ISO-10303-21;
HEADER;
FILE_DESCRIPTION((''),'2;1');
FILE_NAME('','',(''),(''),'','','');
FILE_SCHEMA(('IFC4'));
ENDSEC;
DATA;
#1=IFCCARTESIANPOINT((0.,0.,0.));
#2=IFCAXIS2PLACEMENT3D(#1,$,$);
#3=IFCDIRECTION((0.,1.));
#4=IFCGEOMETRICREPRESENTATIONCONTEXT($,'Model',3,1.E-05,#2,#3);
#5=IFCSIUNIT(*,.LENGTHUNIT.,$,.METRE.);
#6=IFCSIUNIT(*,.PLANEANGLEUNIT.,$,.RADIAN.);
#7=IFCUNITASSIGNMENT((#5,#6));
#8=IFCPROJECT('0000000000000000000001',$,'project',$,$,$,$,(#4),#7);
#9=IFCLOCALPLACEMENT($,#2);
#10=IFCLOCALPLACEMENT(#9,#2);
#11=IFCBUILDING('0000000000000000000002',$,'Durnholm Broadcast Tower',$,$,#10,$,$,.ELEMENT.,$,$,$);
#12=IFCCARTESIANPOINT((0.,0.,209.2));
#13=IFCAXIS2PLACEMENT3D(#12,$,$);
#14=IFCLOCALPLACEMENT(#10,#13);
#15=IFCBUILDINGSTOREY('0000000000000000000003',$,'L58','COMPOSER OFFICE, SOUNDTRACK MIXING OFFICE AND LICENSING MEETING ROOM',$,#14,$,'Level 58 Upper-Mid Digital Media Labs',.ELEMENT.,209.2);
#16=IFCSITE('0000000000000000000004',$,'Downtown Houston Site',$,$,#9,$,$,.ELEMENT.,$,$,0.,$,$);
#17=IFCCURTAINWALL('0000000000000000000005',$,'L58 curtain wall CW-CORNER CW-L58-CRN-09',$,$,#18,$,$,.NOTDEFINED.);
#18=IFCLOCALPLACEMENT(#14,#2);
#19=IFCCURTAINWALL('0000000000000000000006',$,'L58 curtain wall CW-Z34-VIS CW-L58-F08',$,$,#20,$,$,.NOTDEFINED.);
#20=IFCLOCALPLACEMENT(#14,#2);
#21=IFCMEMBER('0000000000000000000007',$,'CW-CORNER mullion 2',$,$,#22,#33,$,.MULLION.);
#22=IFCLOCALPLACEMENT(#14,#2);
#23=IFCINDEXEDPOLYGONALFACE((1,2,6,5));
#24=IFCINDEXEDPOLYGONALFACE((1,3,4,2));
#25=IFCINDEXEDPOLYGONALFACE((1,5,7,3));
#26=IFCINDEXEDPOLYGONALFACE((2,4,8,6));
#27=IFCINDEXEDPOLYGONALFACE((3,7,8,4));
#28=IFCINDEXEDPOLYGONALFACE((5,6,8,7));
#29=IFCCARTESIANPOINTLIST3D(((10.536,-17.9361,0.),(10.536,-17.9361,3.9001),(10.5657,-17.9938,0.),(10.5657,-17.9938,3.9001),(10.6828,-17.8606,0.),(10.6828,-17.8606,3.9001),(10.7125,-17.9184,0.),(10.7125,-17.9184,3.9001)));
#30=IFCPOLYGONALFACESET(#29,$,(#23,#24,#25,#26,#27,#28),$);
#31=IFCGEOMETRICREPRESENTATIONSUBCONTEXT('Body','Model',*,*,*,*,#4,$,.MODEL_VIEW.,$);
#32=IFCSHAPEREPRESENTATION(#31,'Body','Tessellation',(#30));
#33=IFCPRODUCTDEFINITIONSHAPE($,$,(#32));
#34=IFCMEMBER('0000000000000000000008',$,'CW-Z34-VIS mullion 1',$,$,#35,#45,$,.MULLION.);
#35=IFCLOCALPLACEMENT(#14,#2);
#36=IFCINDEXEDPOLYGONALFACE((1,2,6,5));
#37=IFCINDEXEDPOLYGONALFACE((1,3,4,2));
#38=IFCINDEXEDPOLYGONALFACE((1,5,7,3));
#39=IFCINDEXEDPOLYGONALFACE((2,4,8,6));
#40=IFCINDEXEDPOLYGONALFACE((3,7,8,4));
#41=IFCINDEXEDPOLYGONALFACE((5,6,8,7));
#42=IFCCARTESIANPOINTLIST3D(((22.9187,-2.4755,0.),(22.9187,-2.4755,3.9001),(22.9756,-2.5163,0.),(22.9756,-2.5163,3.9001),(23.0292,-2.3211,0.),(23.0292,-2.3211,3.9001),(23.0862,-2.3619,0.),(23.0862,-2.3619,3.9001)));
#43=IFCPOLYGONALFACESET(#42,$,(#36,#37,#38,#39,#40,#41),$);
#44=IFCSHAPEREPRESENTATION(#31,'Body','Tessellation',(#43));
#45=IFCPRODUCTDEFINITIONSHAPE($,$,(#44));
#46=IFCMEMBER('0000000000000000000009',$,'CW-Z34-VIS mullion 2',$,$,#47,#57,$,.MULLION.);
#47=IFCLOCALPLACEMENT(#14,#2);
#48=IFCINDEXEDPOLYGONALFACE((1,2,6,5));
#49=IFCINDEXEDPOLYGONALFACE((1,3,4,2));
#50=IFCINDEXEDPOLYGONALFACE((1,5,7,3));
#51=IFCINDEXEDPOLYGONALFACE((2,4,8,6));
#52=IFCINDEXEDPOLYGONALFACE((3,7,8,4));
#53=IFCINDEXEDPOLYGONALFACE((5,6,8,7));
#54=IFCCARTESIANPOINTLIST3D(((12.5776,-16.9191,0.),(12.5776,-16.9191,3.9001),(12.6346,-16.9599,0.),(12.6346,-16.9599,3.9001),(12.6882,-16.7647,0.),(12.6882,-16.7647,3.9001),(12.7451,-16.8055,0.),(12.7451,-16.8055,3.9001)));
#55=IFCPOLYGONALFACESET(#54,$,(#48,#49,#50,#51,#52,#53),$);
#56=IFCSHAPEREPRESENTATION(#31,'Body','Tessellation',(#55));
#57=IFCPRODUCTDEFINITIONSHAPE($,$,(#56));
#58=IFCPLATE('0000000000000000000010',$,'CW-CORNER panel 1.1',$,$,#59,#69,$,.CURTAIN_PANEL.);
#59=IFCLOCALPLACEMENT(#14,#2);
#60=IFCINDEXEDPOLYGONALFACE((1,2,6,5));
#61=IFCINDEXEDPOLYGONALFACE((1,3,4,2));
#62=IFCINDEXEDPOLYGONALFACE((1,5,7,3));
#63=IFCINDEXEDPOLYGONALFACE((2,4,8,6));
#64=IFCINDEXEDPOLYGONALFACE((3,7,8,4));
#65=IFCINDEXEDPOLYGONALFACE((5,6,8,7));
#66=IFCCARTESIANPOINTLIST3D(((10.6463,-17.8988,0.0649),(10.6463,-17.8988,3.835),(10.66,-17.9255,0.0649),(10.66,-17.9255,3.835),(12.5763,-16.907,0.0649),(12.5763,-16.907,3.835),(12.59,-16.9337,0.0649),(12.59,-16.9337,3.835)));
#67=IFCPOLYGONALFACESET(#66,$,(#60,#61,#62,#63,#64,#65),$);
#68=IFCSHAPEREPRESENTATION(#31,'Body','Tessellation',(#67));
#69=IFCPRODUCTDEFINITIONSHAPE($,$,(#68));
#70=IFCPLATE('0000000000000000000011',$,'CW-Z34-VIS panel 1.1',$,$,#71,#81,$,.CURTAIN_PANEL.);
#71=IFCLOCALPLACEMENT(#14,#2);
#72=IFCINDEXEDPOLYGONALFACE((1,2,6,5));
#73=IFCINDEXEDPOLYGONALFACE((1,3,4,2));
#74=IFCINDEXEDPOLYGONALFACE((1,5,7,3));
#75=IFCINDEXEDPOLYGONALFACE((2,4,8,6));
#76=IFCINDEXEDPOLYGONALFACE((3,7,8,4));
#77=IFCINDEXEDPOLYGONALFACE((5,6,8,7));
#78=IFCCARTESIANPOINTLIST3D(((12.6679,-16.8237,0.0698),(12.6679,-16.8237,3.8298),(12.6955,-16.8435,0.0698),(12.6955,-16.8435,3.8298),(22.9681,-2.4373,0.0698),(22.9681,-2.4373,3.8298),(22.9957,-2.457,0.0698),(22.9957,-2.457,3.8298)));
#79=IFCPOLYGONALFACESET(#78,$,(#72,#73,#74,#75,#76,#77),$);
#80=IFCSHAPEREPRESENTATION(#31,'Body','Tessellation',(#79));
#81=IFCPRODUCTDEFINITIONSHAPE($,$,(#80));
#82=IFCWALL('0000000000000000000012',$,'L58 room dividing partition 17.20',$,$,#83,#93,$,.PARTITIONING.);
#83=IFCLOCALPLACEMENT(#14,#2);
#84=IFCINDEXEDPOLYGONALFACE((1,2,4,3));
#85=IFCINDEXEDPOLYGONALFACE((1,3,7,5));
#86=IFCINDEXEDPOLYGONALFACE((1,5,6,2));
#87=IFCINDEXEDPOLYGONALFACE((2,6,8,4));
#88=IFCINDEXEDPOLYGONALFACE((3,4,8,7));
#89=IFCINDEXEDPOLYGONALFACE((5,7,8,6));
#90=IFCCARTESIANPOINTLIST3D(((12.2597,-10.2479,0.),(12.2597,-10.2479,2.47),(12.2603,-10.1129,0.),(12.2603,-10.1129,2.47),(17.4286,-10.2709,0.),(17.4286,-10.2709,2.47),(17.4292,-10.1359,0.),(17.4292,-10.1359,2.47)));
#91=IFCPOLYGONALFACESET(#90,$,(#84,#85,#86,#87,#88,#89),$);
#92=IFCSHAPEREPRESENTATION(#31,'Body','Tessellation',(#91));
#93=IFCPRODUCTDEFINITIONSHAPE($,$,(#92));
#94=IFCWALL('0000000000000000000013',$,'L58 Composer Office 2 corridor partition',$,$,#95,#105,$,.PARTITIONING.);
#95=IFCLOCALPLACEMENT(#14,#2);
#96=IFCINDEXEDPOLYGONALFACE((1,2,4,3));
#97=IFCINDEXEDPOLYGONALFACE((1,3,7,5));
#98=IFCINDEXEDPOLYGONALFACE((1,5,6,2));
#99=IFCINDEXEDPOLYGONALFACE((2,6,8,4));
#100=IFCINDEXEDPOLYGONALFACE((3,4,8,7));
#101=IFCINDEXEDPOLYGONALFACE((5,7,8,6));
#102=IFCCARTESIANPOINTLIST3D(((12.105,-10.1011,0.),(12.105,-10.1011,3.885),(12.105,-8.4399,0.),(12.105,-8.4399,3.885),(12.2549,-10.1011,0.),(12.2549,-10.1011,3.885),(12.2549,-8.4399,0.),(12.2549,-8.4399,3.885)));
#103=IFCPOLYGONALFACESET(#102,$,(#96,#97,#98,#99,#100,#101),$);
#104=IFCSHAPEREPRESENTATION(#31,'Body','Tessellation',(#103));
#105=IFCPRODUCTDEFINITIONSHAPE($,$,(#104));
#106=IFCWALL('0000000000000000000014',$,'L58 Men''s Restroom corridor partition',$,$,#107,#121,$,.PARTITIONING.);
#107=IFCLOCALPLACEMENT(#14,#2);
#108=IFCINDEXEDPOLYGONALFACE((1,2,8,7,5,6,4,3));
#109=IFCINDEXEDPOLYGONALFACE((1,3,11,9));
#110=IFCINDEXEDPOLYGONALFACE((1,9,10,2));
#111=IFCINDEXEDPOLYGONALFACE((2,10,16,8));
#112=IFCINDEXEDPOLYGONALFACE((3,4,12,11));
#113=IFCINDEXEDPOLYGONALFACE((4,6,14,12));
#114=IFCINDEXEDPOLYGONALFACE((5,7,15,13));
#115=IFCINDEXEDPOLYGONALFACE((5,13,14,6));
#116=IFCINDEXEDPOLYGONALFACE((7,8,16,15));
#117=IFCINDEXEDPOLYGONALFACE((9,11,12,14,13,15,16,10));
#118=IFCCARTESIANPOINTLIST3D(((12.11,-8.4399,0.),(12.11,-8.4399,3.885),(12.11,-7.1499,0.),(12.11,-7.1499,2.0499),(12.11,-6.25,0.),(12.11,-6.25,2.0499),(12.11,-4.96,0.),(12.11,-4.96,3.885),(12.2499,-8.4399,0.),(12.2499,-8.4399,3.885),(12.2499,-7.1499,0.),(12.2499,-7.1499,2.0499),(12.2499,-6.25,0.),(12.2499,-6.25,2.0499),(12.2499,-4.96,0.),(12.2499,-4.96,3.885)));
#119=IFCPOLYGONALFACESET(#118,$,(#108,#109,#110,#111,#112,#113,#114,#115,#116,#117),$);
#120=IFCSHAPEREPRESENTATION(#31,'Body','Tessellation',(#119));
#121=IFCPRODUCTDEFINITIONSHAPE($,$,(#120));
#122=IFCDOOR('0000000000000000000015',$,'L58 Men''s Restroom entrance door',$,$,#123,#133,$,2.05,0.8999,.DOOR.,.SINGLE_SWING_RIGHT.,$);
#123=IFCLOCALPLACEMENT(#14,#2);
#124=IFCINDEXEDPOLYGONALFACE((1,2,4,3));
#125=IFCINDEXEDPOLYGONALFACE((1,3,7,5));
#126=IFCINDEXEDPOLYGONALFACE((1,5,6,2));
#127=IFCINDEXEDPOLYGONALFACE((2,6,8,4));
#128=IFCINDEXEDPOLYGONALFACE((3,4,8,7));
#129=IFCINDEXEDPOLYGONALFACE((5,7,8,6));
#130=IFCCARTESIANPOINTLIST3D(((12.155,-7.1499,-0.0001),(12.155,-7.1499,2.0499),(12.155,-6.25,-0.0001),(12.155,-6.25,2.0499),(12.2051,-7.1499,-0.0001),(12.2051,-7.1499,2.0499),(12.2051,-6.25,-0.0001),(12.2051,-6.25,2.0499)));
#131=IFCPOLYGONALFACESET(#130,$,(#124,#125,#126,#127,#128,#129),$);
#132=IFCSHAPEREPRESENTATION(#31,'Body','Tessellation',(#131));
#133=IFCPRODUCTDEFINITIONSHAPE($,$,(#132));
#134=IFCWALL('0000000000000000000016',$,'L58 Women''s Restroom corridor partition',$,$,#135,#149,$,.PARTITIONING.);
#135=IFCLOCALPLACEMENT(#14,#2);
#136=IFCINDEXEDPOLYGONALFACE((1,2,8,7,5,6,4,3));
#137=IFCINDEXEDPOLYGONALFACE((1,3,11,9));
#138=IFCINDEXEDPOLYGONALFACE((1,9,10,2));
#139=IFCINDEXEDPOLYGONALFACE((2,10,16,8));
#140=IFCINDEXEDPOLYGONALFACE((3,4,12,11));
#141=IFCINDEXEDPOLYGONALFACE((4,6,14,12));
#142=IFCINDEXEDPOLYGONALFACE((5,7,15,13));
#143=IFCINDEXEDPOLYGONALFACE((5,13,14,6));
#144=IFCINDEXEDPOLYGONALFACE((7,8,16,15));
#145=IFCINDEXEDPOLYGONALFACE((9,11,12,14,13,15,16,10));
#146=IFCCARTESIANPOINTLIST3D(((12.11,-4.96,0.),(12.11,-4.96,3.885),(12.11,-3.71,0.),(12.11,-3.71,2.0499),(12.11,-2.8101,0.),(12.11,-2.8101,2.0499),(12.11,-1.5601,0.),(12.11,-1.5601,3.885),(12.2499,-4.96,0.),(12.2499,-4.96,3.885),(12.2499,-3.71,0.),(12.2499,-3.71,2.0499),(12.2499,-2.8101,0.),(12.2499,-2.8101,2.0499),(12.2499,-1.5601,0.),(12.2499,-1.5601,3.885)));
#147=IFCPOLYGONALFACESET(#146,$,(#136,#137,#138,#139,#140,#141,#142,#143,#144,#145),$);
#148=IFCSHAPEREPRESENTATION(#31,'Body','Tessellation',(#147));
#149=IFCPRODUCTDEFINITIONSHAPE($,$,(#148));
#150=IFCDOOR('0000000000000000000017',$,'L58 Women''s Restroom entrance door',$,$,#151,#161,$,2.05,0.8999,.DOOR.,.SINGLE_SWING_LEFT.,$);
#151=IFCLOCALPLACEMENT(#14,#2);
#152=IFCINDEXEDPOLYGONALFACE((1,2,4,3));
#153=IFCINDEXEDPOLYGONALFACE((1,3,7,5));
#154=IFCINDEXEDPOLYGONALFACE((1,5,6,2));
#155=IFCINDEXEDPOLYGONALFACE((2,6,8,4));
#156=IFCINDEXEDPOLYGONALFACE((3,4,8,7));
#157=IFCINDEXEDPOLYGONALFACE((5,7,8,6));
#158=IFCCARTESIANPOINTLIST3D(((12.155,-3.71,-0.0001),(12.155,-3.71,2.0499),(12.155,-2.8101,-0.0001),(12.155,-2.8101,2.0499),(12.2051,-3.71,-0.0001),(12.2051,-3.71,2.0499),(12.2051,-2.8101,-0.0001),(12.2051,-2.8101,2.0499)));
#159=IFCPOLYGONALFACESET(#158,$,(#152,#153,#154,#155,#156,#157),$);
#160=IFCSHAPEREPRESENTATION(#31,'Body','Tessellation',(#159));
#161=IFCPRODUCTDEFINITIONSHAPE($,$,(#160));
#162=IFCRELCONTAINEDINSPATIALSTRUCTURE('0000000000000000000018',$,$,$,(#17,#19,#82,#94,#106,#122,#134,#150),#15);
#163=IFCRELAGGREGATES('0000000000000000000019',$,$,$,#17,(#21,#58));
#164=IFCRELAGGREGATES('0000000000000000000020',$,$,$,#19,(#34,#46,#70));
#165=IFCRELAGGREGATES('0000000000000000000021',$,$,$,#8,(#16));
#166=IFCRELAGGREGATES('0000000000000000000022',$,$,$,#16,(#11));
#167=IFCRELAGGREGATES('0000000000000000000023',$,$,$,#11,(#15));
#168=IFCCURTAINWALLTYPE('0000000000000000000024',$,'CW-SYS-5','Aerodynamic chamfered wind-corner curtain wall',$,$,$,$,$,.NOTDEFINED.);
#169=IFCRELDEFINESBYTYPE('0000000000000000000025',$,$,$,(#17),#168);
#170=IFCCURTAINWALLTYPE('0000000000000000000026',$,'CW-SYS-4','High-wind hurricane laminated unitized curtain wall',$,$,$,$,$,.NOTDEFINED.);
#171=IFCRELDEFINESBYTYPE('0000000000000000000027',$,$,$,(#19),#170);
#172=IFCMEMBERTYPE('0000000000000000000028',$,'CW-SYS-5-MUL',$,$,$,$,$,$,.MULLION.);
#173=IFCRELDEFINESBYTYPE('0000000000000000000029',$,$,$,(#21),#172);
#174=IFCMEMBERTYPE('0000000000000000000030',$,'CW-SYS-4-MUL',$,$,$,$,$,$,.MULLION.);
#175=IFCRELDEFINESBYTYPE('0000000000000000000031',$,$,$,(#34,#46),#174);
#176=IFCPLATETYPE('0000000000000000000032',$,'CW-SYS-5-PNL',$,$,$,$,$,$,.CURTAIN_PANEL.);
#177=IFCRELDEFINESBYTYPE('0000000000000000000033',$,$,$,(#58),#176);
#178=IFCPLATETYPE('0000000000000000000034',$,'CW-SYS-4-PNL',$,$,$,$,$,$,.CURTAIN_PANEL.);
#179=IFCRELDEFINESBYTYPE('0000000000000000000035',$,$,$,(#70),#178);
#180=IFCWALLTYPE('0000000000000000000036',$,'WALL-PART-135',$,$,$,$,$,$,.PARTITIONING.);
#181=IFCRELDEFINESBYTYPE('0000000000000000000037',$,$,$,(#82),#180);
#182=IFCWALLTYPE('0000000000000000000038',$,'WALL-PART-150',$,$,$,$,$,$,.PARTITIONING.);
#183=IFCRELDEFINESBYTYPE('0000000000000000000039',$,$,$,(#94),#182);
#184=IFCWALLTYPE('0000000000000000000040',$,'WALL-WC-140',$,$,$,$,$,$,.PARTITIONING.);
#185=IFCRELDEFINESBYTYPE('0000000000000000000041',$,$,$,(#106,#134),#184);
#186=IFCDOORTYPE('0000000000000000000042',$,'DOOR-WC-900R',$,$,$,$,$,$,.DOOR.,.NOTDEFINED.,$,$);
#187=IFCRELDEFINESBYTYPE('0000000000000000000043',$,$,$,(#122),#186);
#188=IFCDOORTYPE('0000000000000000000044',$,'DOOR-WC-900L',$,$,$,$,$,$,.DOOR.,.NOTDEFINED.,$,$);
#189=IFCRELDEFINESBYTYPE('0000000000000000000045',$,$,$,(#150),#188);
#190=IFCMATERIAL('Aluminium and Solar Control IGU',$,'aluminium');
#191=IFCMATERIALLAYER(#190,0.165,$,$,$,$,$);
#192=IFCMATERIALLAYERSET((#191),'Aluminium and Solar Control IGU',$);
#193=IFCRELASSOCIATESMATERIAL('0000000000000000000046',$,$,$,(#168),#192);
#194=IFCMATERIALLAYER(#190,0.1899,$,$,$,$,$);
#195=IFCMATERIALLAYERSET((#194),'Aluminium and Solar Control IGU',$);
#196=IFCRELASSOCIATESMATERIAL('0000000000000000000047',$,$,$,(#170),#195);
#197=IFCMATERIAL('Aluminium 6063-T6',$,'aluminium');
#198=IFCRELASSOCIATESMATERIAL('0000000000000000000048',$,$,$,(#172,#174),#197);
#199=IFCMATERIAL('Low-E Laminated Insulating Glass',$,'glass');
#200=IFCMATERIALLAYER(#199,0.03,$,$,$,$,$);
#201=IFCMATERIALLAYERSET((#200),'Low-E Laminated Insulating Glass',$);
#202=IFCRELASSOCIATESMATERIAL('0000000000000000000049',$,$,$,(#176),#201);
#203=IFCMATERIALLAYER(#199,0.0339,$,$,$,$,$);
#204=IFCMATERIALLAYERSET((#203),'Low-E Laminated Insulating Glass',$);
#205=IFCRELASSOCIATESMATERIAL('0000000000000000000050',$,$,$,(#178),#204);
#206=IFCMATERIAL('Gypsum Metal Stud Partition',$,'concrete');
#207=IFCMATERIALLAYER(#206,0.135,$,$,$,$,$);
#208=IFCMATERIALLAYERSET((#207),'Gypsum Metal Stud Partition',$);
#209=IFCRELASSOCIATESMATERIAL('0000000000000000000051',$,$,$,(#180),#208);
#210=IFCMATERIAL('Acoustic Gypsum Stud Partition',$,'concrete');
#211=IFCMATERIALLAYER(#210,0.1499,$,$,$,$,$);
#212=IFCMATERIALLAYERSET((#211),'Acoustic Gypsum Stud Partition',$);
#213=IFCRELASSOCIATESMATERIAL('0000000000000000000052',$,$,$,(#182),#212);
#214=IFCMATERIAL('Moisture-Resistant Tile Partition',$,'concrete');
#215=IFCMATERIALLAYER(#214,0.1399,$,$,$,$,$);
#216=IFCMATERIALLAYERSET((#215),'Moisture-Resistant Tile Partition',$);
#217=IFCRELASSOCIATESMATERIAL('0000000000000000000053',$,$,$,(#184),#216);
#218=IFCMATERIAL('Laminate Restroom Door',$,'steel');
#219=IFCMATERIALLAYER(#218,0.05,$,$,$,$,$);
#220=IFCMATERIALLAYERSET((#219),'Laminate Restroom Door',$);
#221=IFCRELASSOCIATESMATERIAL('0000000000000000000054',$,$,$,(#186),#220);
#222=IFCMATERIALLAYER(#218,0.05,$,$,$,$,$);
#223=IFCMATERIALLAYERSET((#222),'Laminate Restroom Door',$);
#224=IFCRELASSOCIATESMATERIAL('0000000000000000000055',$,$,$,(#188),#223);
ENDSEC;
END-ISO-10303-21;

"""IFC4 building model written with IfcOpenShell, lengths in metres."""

from ifc_helpers import new_model, si_unit, direction, frame, frame_2d, origin, origin_2d, place, context, subcontext, project, spatial, rectangle, extrude, source, transform, mapped, material, layer, layer_set, material_profile, profile_set, type_object, type_shapes, element, fill, aggregate, save


model = new_model("IFC4")

# Units and contexts
model_context = context("Model", 3, precision=1e-05, world=origin(), true_north=direction((0.0, 1.0)))
body_context = subcontext(model_context, "Body", "Model", "MODEL_VIEW")
ifc_project = project(units=[si_unit("LENGTHUNIT", "METRE"), si_unit("PLANEANGLEUNIT", "RADIAN")], contexts=[model_context])

# Site, building, storey
site_placement = place(None, origin())
site = spatial("IfcSite", under=ifc_project, at=site_placement, Name="Downtown Houston Site", CompositionType="ELEMENT", RefElevation=0.0)
building_placement = place(site_placement, origin())
building = spatial("IfcBuilding", under=site, at=building_placement, Name="Durnholm Broadcast Tower", CompositionType="ELEMENT")
storey_placement = place(building_placement, frame((0.0, 0.0, 209.2)))
storey = spatial("IfcBuildingStorey", under=building, at=storey_placement, Name="L58", Description="COMPOSER OFFICE, SOUNDTRACK MIXING OFFICE AND LICENSING MEETING ROOM", LongName="Level 58 Upper-Mid Digital Media Labs", CompositionType="ELEMENT", Elevation=209.2)

# Curtain walls
ifc_material_1 = material(Name="Aluminium and Solar Control IGU", Category="aluminium")
ifc_layer_1 = layer(ifc_material_1, 0.165)
ifc_layer_set_1 = layer_set([ifc_layer_1], Name="Aluminium and Solar Control IGU")
curtain_wall_type_1 = type_object("IfcCurtainWallType", Name="CW-SYS-5", Description="Aerodynamic chamfered wind-corner curtain wall", PredefinedType="NOTDEFINED", material=ifc_layer_set_1)
curtain_wall_1_placement = place(storey_placement, origin())
curtain_wall_1 = element("IfcCurtainWall", 1, at=curtain_wall_1_placement, inside=storey, type_object=curtain_wall_type_1, Name="L58 curtain wall CW-CORNER CW-L58-CRN-09", PredefinedType="NOTDEFINED")
ifc_material_2 = material(Name="Aluminium 6063-T6", Category="aluminium")
ifc_layer_2 = layer(ifc_material_1, 0.1899)
ifc_layer_set_2 = layer_set([ifc_layer_2], Name="Aluminium and Solar Control IGU")
curtain_wall_type_2 = type_object("IfcCurtainWallType", Name="CW-SYS-4", Description="High-wind hurricane laminated unitized curtain wall", PredefinedType="NOTDEFINED", material=ifc_layer_set_2)
curtain_wall_2_placement = place(storey_placement, origin())
curtain_wall_2 = element("IfcCurtainWall", 2, at=curtain_wall_2_placement, inside=storey, type_object=curtain_wall_type_2, Name="L58 curtain wall CW-Z34-VIS CW-L58-F08", PredefinedType="NOTDEFINED")

# Shared definitions
ifc_material_profile_1 = material_profile(ifc_material_2, rectangle(XDim=0.0649, YDim=0.165, at=origin_2d()), Name="CWM65X165")
ifc_profile_set_1 = profile_set([ifc_material_profile_1], Name="Aluminium 6063-T6")
member_type_1 = type_object("IfcMemberType", Name="CW-SYS-5-MUL", PredefinedType="MULLION", material=ifc_profile_set_1)
shared_shape_1 = source(origin(), body_context, "Body", "SweptSolid", [
    extrude(rectangle(XDim=0.0649, YDim=0.165, at=origin_2d()), origin(), (0.0, 0.0, 1.0), 3.9001),
])
type_shapes(member_type_1, [shared_shape_1])

# Members
member_1_placement = place(storey_placement, frame((10.6243, -17.9272, 0.0), z_axis=(0.0, 0.0, 1.0), x_axis=(0.457082, -0.889425, 0.0)))
member_1 = element("IfcMember", 3, at=member_1_placement, type_object=member_type_1, Name="CW-CORNER mullion 2", PredefinedType="MULLION", context=body_context, shape_type="MappedRepresentation", body=[
    mapped(shared_shape_1, transform((0.0, 0.0, 0.0), x_axis=(1.0, 0.0, 0.0), y_axis=(0.0, 1.0, 0.0), z_axis=(0.0, 0.0, 1.0), scale=1.0)),
])
ifc_material_profile_2 = material_profile(ifc_material_2, rectangle(XDim=0.0701, YDim=0.1899, at=origin_2d()), Name="CWM70X190")
ifc_profile_set_2 = profile_set([ifc_material_profile_2], Name="Aluminium 6063-T6")
member_type_2 = type_object("IfcMemberType", Name="CW-SYS-4-MUL", PredefinedType="MULLION", material=ifc_profile_set_2)
shared_shape_2 = source(origin(), body_context, "Body", "SweptSolid", [
    extrude(rectangle(XDim=0.0701, YDim=0.1899, at=origin_2d()), origin(), (0.0, 0.0, 1.0), 3.9001),
])
type_shapes(member_type_2, [shared_shape_2])
member_2_placement = place(storey_placement, frame((23.0024, -2.4187, 0.0), z_axis=(0.0, 0.0, 1.0), x_axis=(0.813089, -0.582139, 0.0)))
member_2 = element("IfcMember", 4, at=member_2_placement, type_object=member_type_2, Name="CW-Z34-VIS mullion 1", PredefinedType="MULLION", context=body_context, shape_type="MappedRepresentation", body=[
    mapped(shared_shape_2, transform((0.0, 0.0, 0.0), x_axis=(1.0, 0.0, 0.0), y_axis=(0.0, 1.0, 0.0), z_axis=(0.0, 0.0, 1.0), scale=1.0)),
])
member_3_placement = place(storey_placement, frame((12.6614, -16.8623, 0.0), z_axis=(0.0, 0.0, 1.0), x_axis=(0.813089, -0.582139, 0.0)))
member_3 = element("IfcMember", 5, at=member_3_placement, type_object=member_type_2, Name="CW-Z34-VIS mullion 2", PredefinedType="MULLION", context=body_context, shape_type="MappedRepresentation", body=[
    mapped(shared_shape_2, transform((0.0, 0.0, 0.0), x_axis=(1.0, 0.0, 0.0), y_axis=(0.0, 1.0, 0.0), z_axis=(0.0, 0.0, 1.0), scale=1.0)),
])

# Plates
ifc_material_3 = material(Name="Low-E Laminated Insulating Glass", Category="glass")
ifc_layer_3 = layer(ifc_material_3, 0.03)
ifc_layer_set_3 = layer_set([ifc_layer_3], Name="Low-E Laminated Insulating Glass")
plate_type_1 = type_object("IfcPlateType", Name="CW-SYS-5-PNL", PredefinedType="CURTAIN_PANEL", material=ifc_layer_set_3)
shared_shape_3 = source(origin(), body_context, "Body", "SweptSolid", [
    extrude(rectangle(XDim=2.1699, YDim=0.03, at=origin_2d()), origin(), (0.0, 0.0, 1.0), 3.77),
])
type_shapes(plate_type_1, [shared_shape_3])
plate_1_placement = place(storey_placement, frame((11.6182, -17.4163, 0.0649), z_axis=(0.0, 0.0, 1.0), x_axis=(-0.889425, -0.457082, 0.0)))
plate_1 = element("IfcPlate", 6, at=plate_1_placement, type_object=plate_type_1, Name="CW-CORNER panel 1.1", PredefinedType="CURTAIN_PANEL", context=body_context, shape_type="MappedRepresentation", body=[
    mapped(shared_shape_3, transform((0.0, 0.0, 0.0), x_axis=(1.0, 0.0, 0.0), y_axis=(0.0, 1.0, 0.0), z_axis=(0.0, 0.0, 1.0), scale=1.0)),
])
aggregate(curtain_wall_1, [member_1, plate_1])
ifc_layer_4 = layer(ifc_material_3, 0.0339)
ifc_layer_set_4 = layer_set([ifc_layer_4], Name="Low-E Laminated Insulating Glass")
plate_type_2 = type_object("IfcPlateType", Name="CW-SYS-4-PNL", PredefinedType="CURTAIN_PANEL", material=ifc_layer_set_4)
shared_shape_4 = source(origin(), body_context, "Body", "SweptSolid", [
    extrude(rectangle(XDim=17.6936, YDim=0.0339, at=origin_2d()), origin(), (0.0, 0.0, 1.0), 3.76),
])
type_shapes(plate_type_2, [shared_shape_4])
plate_2_placement = place(storey_placement, frame((17.8318, -9.6404, 0.0698), z_axis=(0.0, 0.0, 1.0), x_axis=(-0.582139, -0.813089, 0.0)))
plate_2 = element("IfcPlate", 7, at=plate_2_placement, type_object=plate_type_2, Name="CW-Z34-VIS panel 1.1", PredefinedType="CURTAIN_PANEL", context=body_context, shape_type="MappedRepresentation", body=[
    mapped(shared_shape_4, transform((0.0, 0.0, 0.0), x_axis=(1.0, 0.0, 0.0), y_axis=(0.0, 1.0, 0.0), z_axis=(0.0, 0.0, 1.0), scale=1.0)),
])
aggregate(curtain_wall_2, [member_2, member_3, plate_2])

# Walls
ifc_material_4 = material(Name="Gypsum Metal Stud Partition", Category="concrete")
ifc_layer_5 = layer(ifc_material_4, 0.135)
ifc_layer_set_5 = layer_set([ifc_layer_5], Name="Gypsum Metal Stud Partition")
wall_type_1 = type_object("IfcWallType", Name="WALL-PART-135", PredefinedType="PARTITIONING", material=ifc_layer_set_5)
wall_1_placement = place(storey_placement, frame((12.26, -10.1804, 0.0), z_axis=(0.0, 0.0, 1.0), x_axis=(0.99999, -0.00444, 0.0)))
element("IfcWall", 8, at=wall_1_placement, inside=storey, type_object=wall_type_1, Name="L58 room dividing partition 17.20", PredefinedType="PARTITIONING", context=body_context, shape_type="SweptSolid", body=[
    extrude(rectangle(XDim=5.1689, YDim=0.135, at=frame_2d((2.5845, 0.0))), origin(), (0.0, 0.0, 1.0), 2.47),
])
ifc_material_5 = material(Name="Acoustic Gypsum Stud Partition", Category="concrete")
ifc_layer_6 = layer(ifc_material_5, 0.1499)
ifc_layer_set_6 = layer_set([ifc_layer_6], Name="Acoustic Gypsum Stud Partition")
wall_type_2 = type_object("IfcWallType", Name="WALL-PART-150", PredefinedType="PARTITIONING", material=ifc_layer_set_6)
wall_2_placement = place(storey_placement, frame((12.1799, -10.1011, 0.0), z_axis=(0.0, 0.0, 1.0), x_axis=(0.0, 1.0, 0.0)))
element("IfcWall", 9, at=wall_2_placement, inside=storey, type_object=wall_type_2, Name="L58 Composer Office 2 corridor partition", PredefinedType="PARTITIONING", context=body_context, shape_type="SweptSolid", body=[
    extrude(rectangle(XDim=1.6611, YDim=0.1499, at=frame_2d((0.8306, 0.0))), origin(), (0.0, 0.0, 1.0), 3.885),
])

# Walls, openings, doors
ifc_material_6 = material(Name="Moisture-Resistant Tile Partition", Category="concrete")
ifc_layer_7 = layer(ifc_material_6, 0.1399)
ifc_layer_set_7 = layer_set([ifc_layer_7], Name="Moisture-Resistant Tile Partition")
wall_type_3 = type_object("IfcWallType", Name="WALL-WC-140", PredefinedType="PARTITIONING", material=ifc_layer_set_7)
wall_3_placement = place(storey_placement, frame((12.1799, -8.4399, 0.0), z_axis=(0.0, 0.0, 1.0), x_axis=(0.0, 1.0, 0.0)))
wall_3 = element("IfcWall", 10, at=wall_3_placement, inside=storey, type_object=wall_type_3, Name="L58 Men's Restroom corridor partition", PredefinedType="PARTITIONING", context=body_context, shape_type="SweptSolid", body=[
    extrude(rectangle(XDim=3.48, YDim=0.1399, at=frame_2d((1.74, 0.0))), origin(), (0.0, 0.0, 1.0), 3.885),
])
opening_1_placement = place(wall_3_placement, frame((1.29, 0.0, 0.0)))
opening_1 = element("IfcOpeningElement", 11, at=opening_1_placement, cuts=wall_3, PredefinedType="OPENING", context=body_context, shape_type="SweptSolid", body=[
    extrude(rectangle(XDim=0.8999, YDim=2.05, at=frame_2d((0.45, 1.0249))), frame((0.0, 0.0801, 0.0), z_axis=(0.0, -1.0, 0.0), x_axis=(1.0, 0.0, 0.0)), (0.0, 0.0, 1.0), 0.1599),
])
ifc_material_7 = material(Name="Laminate Restroom Door", Category="steel")
ifc_layer_8 = layer(ifc_material_7, 0.05)
ifc_layer_set_8 = layer_set([ifc_layer_8], Name="Laminate Restroom Door")
door_type_1 = type_object("IfcDoorType", Name="DOOR-WC-900R", OperationType="NOTDEFINED", PredefinedType="DOOR", material=ifc_layer_set_8)
shared_shape_5 = source(origin(), body_context, "Body", "SweptSolid", [
    extrude(rectangle(XDim=0.8999, YDim=2.05, at=frame_2d((0.45, 1.0249))), frame((0.0, 0.0249, 0.0), z_axis=(0.0, -1.0, 0.0), x_axis=(1.0, 0.0, 0.0)), (0.0, 0.0, 1.0), 0.05),
])
type_shapes(door_type_1, [shared_shape_5])
door_1_placement = place(opening_1_placement, origin())
door_1 = element("IfcDoor", 12, at=door_1_placement, inside=storey, type_object=door_type_1, Name="L58 Men's Restroom entrance door", OperationType="SINGLE_SWING_RIGHT", OverallHeight=2.05, OverallWidth=0.8999, PredefinedType="DOOR", context=body_context, shape_type="MappedRepresentation", body=[
    mapped(shared_shape_5, transform((0.0, 0.0, 0.0), x_axis=(1.0, 0.0, 0.0), y_axis=(0.0, 1.0, 0.0), z_axis=(0.0, 0.0, 1.0), scale=1.0)),
])
fill(opening_1, door_1)
wall_4_placement = place(storey_placement, frame((12.1799, -4.96, 0.0), z_axis=(0.0, 0.0, 1.0), x_axis=(0.0, 1.0, 0.0)))
wall_4 = element("IfcWall", 13, at=wall_4_placement, inside=storey, type_object=wall_type_3, Name="L58 Women's Restroom corridor partition", PredefinedType="PARTITIONING", context=body_context, shape_type="SweptSolid", body=[
    extrude(rectangle(XDim=3.3999, YDim=0.1399, at=frame_2d((1.7, 0.0))), origin(), (0.0, 0.0, 1.0), 3.885),
])
opening_2_placement = place(wall_4_placement, frame((1.25, 0.0, 0.0)))
opening_2 = element("IfcOpeningElement", 14, at=opening_2_placement, cuts=wall_4, PredefinedType="OPENING", context=body_context, shape_type="SweptSolid", body=[
    extrude(rectangle(XDim=0.8999, YDim=2.05, at=frame_2d((0.45, 1.0249))), frame((0.0, 0.0801, 0.0), z_axis=(0.0, -1.0, 0.0), x_axis=(1.0, 0.0, 0.0)), (0.0, 0.0, 1.0), 0.1599),
])
ifc_layer_9 = layer(ifc_material_7, 0.05)
ifc_layer_set_9 = layer_set([ifc_layer_9], Name="Laminate Restroom Door")
door_type_2 = type_object("IfcDoorType", Name="DOOR-WC-900L", OperationType="NOTDEFINED", PredefinedType="DOOR", material=ifc_layer_set_9)
shared_shape_6 = source(origin(), body_context, "Body", "SweptSolid", [
    extrude(rectangle(XDim=0.8999, YDim=2.05, at=frame_2d((0.45, 1.0249))), frame((0.0, 0.0249, 0.0), z_axis=(0.0, -1.0, 0.0), x_axis=(1.0, 0.0, 0.0)), (0.0, 0.0, 1.0), 0.05),
])
type_shapes(door_type_2, [shared_shape_6])
door_2_placement = place(opening_2_placement, origin())
door_2 = element("IfcDoor", 15, at=door_2_placement, inside=storey, type_object=door_type_2, Name="L58 Women's Restroom entrance door", OperationType="SINGLE_SWING_LEFT", OverallHeight=2.05, OverallWidth=0.8999, PredefinedType="DOOR", context=body_context, shape_type="MappedRepresentation", body=[
    mapped(shared_shape_6, transform((0.0, 0.0, 0.0), x_axis=(1.0, 0.0, 0.0), y_axis=(0.0, 1.0, 0.0), z_axis=(0.0, 0.0, 1.0), scale=1.0)),
])
fill(opening_2, door_2)

save(model, "model.ifc")
